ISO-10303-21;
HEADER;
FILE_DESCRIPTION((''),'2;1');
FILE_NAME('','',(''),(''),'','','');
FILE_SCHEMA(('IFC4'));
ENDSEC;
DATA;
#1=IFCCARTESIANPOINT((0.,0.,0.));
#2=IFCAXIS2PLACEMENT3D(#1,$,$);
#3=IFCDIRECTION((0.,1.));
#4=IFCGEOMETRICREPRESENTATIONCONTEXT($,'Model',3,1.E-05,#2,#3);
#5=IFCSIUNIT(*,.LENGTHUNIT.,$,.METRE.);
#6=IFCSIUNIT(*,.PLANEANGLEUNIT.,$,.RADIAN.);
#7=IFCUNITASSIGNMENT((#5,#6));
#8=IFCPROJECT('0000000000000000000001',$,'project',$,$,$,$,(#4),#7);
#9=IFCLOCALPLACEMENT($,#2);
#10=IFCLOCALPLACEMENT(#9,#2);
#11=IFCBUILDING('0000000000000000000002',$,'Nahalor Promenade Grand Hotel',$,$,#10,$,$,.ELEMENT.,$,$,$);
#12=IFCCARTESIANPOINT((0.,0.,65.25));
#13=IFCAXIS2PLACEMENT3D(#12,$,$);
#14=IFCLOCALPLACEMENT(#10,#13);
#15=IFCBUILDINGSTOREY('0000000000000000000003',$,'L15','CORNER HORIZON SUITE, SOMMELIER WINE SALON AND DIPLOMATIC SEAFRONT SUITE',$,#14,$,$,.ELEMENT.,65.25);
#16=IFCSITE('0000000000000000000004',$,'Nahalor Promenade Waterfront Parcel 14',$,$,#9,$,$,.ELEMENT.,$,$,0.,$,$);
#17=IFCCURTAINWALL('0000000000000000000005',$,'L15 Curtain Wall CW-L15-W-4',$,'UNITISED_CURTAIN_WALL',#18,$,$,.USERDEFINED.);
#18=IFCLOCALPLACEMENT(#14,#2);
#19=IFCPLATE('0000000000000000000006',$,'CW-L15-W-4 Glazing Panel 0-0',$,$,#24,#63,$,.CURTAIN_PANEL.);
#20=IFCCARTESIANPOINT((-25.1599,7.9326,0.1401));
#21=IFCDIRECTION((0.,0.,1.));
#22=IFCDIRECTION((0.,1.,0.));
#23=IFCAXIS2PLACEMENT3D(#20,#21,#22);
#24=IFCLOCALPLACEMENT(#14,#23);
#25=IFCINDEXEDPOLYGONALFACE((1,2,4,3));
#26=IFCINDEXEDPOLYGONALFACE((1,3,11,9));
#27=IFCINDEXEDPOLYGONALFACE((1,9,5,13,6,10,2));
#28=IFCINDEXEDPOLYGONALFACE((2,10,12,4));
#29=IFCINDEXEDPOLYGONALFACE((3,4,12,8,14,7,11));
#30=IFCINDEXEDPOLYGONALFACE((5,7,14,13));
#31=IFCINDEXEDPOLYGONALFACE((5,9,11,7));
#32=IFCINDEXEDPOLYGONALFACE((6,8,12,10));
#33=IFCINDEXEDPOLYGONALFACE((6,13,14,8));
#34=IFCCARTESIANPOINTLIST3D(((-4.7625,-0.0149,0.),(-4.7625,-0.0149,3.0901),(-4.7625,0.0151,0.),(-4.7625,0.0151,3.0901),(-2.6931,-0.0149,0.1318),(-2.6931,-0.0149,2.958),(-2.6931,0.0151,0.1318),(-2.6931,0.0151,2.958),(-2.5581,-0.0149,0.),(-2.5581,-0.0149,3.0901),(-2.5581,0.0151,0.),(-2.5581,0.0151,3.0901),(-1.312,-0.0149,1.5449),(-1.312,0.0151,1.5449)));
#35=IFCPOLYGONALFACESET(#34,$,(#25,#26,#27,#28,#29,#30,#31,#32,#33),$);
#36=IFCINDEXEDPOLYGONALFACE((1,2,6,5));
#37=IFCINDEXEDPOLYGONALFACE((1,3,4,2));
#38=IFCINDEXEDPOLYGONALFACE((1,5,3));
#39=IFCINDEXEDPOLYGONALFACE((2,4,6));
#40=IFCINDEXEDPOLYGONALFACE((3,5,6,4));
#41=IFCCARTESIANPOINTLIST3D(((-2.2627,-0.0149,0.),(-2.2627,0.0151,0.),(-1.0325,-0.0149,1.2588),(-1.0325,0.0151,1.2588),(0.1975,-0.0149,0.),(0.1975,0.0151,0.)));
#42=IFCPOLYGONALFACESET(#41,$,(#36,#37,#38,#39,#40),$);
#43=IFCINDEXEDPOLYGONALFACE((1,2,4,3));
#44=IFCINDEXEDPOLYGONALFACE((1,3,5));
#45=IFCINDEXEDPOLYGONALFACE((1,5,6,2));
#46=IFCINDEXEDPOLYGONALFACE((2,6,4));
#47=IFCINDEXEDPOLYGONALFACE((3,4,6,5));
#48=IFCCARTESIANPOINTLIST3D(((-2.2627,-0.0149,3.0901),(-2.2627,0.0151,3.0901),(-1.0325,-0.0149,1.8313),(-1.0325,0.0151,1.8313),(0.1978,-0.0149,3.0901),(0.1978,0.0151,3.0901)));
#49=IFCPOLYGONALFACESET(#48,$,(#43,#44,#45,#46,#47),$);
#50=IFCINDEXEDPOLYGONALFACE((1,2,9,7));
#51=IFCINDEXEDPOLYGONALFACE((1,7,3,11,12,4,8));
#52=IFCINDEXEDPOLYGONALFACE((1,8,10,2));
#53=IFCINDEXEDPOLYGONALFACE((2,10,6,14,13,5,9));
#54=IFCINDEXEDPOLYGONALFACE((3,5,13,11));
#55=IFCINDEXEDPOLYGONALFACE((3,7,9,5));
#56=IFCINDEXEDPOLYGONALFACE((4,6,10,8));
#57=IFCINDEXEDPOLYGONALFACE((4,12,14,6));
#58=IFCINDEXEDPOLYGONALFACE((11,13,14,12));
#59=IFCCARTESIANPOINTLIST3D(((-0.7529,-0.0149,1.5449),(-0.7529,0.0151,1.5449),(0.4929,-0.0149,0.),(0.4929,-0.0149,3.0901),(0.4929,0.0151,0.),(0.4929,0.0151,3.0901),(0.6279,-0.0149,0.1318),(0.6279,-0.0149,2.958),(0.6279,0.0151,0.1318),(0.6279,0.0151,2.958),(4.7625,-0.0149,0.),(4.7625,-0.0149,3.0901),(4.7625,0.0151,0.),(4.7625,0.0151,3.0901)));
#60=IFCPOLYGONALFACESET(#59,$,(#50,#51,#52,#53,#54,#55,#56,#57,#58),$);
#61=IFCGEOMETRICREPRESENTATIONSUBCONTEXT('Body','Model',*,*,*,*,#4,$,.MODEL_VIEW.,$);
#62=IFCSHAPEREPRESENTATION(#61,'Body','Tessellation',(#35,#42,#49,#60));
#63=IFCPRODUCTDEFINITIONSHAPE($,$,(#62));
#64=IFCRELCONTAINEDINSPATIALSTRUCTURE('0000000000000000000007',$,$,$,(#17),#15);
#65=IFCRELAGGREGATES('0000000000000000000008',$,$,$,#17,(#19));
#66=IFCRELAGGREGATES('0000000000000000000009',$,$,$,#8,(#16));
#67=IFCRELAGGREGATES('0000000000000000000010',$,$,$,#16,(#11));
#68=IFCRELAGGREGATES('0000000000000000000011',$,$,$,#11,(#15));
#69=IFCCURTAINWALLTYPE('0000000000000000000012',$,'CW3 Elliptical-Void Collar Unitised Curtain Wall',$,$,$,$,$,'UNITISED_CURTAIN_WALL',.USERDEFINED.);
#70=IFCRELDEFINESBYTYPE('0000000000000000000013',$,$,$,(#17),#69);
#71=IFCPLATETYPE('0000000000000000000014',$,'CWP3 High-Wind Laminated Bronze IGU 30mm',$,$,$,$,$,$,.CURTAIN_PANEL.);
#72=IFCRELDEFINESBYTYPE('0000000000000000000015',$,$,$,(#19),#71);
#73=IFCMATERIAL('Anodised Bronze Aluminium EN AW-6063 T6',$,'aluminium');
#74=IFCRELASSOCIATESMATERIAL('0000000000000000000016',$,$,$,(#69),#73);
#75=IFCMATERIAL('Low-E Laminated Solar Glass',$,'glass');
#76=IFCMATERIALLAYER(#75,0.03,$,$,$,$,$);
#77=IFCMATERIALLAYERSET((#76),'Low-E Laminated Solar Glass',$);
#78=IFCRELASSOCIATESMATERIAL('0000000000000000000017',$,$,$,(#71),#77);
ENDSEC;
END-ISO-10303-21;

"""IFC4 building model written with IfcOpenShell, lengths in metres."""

from ifc_helpers import new_model, si_unit, direction, frame, origin, place, context, subcontext, project, spatial, polyline, outline, extrude, material, layer, layer_set, type_object, element, aggregate, save


model = new_model("IFC4")

# Units and contexts
model_context = context("Model", 3, precision=1e-05, world=origin(), true_north=direction((0.0, 1.0)))
body_context = subcontext(model_context, "Body", "Model", "MODEL_VIEW")
ifc_project = project(units=[si_unit("LENGTHUNIT", "METRE"), si_unit("PLANEANGLEUNIT", "RADIAN")], contexts=[model_context])

# Site, building, storey
site_placement = place(None, origin())
site = spatial("IfcSite", under=ifc_project, at=site_placement, Name="Nahalor Promenade Waterfront Parcel 14", CompositionType="ELEMENT", RefElevation=0.0)
building_placement = place(site_placement, origin())
building = spatial("IfcBuilding", under=site, at=building_placement, Name="Nahalor Promenade Grand Hotel", CompositionType="ELEMENT")
storey_placement = place(building_placement, frame((0.0, 0.0, 65.25)))
storey = spatial("IfcBuildingStorey", under=building, at=storey_placement, Name="L15", Description="CORNER HORIZON SUITE, SOMMELIER WINE SALON AND DIPLOMATIC SEAFRONT SUITE", CompositionType="ELEMENT", Elevation=65.25)

# Shared definitions
ifc_material_1 = material(Name="Anodised Bronze Aluminium EN AW-6063 T6", Category="aluminium")
curtain_wall_type = type_object("IfcCurtainWallType", Name="CW3 Elliptical-Void Collar Unitised Curtain Wall", ElementType="UNITISED_CURTAIN_WALL", PredefinedType="USERDEFINED", material=ifc_material_1)

# Curtain wall
curtain_wall_1_placement = place(storey_placement, origin())
curtain_wall_1 = element("IfcCurtainWall", 1, at=curtain_wall_1_placement, inside=storey, type_object=curtain_wall_type, Name="L15 Curtain Wall CW-L15-W-4", ObjectType="UNITISED_CURTAIN_WALL", PredefinedType="USERDEFINED")

# Plate
ifc_material_2 = material(Name="Low-E Laminated Solar Glass", Category="glass")
ifc_layer_1 = layer(ifc_material_2, 0.03)
ifc_layer_set_1 = layer_set([ifc_layer_1], Name="Low-E Laminated Solar Glass")
plate_type_1 = type_object("IfcPlateType", Name="CWP3 High-Wind Laminated Bronze IGU 30mm", PredefinedType="CURTAIN_PANEL", material=ifc_layer_set_1)
plate_1_placement = place(storey_placement, frame((-25.1599, 7.9326, 0.1401), z_axis=(0.0, 0.0, 1.0), x_axis=(0.0, 1.0, 0.0)))
plate_1 = element("IfcPlate", 2, at=plate_1_placement, type_object=plate_type_1, Name="CW-L15-W-4 Glazing Panel 0-0", PredefinedType="CURTAIN_PANEL", context=body_context, shape_type="SweptSolid", body=[
    extrude(outline(polyline([(-4.7625, 3.0901), (-4.7625, 0.0), (-2.5581, 0.0), (-2.6931, 0.1318), (-1.312, 1.5449), (-2.6931, 2.958), (-2.5581, 3.0901), (-4.7625, 3.0901)])), frame((0.0, 0.0151, 0.0), z_axis=(0.0, -1.0, 0.0), x_axis=(1.0, 0.0, 0.0)), (0.0, 0.0, 1.0), 0.03),
    extrude(outline(polyline([(-1.0325, 1.2588), (-2.2627, 0.0), (0.1975, 0.0), (-1.0325, 1.2588)])), frame((0.0, 0.0151, 0.0), z_axis=(0.0, -1.0, 0.0), x_axis=(1.0, 0.0, 0.0)), (0.0, 0.0, 1.0), 0.03),
    extrude(outline(polyline([(-1.0325, 1.8313), (0.1978, 3.0901), (-2.2627, 3.0901), (-1.0325, 1.8313)])), frame((0.0, 0.0151, 0.0), z_axis=(0.0, -1.0, 0.0), x_axis=(1.0, 0.0, 0.0)), (0.0, 0.0, 1.0), 0.03),
    extrude(outline(polyline([(4.7625, 0.0), (4.7625, 3.0901), (0.4929, 3.0901), (0.6279, 2.958), (-0.7529, 1.5449), (0.6279, 0.1318), (0.4929, 0.0), (4.7625, 0.0)])), frame((0.0, 0.0151, 0.0), z_axis=(0.0, -1.0, 0.0), x_axis=(1.0, 0.0, 0.0)), (0.0, 0.0, 1.0), 0.03),
])
aggregate(curtain_wall_1, [plate_1])

save(model, "model.ifc")
